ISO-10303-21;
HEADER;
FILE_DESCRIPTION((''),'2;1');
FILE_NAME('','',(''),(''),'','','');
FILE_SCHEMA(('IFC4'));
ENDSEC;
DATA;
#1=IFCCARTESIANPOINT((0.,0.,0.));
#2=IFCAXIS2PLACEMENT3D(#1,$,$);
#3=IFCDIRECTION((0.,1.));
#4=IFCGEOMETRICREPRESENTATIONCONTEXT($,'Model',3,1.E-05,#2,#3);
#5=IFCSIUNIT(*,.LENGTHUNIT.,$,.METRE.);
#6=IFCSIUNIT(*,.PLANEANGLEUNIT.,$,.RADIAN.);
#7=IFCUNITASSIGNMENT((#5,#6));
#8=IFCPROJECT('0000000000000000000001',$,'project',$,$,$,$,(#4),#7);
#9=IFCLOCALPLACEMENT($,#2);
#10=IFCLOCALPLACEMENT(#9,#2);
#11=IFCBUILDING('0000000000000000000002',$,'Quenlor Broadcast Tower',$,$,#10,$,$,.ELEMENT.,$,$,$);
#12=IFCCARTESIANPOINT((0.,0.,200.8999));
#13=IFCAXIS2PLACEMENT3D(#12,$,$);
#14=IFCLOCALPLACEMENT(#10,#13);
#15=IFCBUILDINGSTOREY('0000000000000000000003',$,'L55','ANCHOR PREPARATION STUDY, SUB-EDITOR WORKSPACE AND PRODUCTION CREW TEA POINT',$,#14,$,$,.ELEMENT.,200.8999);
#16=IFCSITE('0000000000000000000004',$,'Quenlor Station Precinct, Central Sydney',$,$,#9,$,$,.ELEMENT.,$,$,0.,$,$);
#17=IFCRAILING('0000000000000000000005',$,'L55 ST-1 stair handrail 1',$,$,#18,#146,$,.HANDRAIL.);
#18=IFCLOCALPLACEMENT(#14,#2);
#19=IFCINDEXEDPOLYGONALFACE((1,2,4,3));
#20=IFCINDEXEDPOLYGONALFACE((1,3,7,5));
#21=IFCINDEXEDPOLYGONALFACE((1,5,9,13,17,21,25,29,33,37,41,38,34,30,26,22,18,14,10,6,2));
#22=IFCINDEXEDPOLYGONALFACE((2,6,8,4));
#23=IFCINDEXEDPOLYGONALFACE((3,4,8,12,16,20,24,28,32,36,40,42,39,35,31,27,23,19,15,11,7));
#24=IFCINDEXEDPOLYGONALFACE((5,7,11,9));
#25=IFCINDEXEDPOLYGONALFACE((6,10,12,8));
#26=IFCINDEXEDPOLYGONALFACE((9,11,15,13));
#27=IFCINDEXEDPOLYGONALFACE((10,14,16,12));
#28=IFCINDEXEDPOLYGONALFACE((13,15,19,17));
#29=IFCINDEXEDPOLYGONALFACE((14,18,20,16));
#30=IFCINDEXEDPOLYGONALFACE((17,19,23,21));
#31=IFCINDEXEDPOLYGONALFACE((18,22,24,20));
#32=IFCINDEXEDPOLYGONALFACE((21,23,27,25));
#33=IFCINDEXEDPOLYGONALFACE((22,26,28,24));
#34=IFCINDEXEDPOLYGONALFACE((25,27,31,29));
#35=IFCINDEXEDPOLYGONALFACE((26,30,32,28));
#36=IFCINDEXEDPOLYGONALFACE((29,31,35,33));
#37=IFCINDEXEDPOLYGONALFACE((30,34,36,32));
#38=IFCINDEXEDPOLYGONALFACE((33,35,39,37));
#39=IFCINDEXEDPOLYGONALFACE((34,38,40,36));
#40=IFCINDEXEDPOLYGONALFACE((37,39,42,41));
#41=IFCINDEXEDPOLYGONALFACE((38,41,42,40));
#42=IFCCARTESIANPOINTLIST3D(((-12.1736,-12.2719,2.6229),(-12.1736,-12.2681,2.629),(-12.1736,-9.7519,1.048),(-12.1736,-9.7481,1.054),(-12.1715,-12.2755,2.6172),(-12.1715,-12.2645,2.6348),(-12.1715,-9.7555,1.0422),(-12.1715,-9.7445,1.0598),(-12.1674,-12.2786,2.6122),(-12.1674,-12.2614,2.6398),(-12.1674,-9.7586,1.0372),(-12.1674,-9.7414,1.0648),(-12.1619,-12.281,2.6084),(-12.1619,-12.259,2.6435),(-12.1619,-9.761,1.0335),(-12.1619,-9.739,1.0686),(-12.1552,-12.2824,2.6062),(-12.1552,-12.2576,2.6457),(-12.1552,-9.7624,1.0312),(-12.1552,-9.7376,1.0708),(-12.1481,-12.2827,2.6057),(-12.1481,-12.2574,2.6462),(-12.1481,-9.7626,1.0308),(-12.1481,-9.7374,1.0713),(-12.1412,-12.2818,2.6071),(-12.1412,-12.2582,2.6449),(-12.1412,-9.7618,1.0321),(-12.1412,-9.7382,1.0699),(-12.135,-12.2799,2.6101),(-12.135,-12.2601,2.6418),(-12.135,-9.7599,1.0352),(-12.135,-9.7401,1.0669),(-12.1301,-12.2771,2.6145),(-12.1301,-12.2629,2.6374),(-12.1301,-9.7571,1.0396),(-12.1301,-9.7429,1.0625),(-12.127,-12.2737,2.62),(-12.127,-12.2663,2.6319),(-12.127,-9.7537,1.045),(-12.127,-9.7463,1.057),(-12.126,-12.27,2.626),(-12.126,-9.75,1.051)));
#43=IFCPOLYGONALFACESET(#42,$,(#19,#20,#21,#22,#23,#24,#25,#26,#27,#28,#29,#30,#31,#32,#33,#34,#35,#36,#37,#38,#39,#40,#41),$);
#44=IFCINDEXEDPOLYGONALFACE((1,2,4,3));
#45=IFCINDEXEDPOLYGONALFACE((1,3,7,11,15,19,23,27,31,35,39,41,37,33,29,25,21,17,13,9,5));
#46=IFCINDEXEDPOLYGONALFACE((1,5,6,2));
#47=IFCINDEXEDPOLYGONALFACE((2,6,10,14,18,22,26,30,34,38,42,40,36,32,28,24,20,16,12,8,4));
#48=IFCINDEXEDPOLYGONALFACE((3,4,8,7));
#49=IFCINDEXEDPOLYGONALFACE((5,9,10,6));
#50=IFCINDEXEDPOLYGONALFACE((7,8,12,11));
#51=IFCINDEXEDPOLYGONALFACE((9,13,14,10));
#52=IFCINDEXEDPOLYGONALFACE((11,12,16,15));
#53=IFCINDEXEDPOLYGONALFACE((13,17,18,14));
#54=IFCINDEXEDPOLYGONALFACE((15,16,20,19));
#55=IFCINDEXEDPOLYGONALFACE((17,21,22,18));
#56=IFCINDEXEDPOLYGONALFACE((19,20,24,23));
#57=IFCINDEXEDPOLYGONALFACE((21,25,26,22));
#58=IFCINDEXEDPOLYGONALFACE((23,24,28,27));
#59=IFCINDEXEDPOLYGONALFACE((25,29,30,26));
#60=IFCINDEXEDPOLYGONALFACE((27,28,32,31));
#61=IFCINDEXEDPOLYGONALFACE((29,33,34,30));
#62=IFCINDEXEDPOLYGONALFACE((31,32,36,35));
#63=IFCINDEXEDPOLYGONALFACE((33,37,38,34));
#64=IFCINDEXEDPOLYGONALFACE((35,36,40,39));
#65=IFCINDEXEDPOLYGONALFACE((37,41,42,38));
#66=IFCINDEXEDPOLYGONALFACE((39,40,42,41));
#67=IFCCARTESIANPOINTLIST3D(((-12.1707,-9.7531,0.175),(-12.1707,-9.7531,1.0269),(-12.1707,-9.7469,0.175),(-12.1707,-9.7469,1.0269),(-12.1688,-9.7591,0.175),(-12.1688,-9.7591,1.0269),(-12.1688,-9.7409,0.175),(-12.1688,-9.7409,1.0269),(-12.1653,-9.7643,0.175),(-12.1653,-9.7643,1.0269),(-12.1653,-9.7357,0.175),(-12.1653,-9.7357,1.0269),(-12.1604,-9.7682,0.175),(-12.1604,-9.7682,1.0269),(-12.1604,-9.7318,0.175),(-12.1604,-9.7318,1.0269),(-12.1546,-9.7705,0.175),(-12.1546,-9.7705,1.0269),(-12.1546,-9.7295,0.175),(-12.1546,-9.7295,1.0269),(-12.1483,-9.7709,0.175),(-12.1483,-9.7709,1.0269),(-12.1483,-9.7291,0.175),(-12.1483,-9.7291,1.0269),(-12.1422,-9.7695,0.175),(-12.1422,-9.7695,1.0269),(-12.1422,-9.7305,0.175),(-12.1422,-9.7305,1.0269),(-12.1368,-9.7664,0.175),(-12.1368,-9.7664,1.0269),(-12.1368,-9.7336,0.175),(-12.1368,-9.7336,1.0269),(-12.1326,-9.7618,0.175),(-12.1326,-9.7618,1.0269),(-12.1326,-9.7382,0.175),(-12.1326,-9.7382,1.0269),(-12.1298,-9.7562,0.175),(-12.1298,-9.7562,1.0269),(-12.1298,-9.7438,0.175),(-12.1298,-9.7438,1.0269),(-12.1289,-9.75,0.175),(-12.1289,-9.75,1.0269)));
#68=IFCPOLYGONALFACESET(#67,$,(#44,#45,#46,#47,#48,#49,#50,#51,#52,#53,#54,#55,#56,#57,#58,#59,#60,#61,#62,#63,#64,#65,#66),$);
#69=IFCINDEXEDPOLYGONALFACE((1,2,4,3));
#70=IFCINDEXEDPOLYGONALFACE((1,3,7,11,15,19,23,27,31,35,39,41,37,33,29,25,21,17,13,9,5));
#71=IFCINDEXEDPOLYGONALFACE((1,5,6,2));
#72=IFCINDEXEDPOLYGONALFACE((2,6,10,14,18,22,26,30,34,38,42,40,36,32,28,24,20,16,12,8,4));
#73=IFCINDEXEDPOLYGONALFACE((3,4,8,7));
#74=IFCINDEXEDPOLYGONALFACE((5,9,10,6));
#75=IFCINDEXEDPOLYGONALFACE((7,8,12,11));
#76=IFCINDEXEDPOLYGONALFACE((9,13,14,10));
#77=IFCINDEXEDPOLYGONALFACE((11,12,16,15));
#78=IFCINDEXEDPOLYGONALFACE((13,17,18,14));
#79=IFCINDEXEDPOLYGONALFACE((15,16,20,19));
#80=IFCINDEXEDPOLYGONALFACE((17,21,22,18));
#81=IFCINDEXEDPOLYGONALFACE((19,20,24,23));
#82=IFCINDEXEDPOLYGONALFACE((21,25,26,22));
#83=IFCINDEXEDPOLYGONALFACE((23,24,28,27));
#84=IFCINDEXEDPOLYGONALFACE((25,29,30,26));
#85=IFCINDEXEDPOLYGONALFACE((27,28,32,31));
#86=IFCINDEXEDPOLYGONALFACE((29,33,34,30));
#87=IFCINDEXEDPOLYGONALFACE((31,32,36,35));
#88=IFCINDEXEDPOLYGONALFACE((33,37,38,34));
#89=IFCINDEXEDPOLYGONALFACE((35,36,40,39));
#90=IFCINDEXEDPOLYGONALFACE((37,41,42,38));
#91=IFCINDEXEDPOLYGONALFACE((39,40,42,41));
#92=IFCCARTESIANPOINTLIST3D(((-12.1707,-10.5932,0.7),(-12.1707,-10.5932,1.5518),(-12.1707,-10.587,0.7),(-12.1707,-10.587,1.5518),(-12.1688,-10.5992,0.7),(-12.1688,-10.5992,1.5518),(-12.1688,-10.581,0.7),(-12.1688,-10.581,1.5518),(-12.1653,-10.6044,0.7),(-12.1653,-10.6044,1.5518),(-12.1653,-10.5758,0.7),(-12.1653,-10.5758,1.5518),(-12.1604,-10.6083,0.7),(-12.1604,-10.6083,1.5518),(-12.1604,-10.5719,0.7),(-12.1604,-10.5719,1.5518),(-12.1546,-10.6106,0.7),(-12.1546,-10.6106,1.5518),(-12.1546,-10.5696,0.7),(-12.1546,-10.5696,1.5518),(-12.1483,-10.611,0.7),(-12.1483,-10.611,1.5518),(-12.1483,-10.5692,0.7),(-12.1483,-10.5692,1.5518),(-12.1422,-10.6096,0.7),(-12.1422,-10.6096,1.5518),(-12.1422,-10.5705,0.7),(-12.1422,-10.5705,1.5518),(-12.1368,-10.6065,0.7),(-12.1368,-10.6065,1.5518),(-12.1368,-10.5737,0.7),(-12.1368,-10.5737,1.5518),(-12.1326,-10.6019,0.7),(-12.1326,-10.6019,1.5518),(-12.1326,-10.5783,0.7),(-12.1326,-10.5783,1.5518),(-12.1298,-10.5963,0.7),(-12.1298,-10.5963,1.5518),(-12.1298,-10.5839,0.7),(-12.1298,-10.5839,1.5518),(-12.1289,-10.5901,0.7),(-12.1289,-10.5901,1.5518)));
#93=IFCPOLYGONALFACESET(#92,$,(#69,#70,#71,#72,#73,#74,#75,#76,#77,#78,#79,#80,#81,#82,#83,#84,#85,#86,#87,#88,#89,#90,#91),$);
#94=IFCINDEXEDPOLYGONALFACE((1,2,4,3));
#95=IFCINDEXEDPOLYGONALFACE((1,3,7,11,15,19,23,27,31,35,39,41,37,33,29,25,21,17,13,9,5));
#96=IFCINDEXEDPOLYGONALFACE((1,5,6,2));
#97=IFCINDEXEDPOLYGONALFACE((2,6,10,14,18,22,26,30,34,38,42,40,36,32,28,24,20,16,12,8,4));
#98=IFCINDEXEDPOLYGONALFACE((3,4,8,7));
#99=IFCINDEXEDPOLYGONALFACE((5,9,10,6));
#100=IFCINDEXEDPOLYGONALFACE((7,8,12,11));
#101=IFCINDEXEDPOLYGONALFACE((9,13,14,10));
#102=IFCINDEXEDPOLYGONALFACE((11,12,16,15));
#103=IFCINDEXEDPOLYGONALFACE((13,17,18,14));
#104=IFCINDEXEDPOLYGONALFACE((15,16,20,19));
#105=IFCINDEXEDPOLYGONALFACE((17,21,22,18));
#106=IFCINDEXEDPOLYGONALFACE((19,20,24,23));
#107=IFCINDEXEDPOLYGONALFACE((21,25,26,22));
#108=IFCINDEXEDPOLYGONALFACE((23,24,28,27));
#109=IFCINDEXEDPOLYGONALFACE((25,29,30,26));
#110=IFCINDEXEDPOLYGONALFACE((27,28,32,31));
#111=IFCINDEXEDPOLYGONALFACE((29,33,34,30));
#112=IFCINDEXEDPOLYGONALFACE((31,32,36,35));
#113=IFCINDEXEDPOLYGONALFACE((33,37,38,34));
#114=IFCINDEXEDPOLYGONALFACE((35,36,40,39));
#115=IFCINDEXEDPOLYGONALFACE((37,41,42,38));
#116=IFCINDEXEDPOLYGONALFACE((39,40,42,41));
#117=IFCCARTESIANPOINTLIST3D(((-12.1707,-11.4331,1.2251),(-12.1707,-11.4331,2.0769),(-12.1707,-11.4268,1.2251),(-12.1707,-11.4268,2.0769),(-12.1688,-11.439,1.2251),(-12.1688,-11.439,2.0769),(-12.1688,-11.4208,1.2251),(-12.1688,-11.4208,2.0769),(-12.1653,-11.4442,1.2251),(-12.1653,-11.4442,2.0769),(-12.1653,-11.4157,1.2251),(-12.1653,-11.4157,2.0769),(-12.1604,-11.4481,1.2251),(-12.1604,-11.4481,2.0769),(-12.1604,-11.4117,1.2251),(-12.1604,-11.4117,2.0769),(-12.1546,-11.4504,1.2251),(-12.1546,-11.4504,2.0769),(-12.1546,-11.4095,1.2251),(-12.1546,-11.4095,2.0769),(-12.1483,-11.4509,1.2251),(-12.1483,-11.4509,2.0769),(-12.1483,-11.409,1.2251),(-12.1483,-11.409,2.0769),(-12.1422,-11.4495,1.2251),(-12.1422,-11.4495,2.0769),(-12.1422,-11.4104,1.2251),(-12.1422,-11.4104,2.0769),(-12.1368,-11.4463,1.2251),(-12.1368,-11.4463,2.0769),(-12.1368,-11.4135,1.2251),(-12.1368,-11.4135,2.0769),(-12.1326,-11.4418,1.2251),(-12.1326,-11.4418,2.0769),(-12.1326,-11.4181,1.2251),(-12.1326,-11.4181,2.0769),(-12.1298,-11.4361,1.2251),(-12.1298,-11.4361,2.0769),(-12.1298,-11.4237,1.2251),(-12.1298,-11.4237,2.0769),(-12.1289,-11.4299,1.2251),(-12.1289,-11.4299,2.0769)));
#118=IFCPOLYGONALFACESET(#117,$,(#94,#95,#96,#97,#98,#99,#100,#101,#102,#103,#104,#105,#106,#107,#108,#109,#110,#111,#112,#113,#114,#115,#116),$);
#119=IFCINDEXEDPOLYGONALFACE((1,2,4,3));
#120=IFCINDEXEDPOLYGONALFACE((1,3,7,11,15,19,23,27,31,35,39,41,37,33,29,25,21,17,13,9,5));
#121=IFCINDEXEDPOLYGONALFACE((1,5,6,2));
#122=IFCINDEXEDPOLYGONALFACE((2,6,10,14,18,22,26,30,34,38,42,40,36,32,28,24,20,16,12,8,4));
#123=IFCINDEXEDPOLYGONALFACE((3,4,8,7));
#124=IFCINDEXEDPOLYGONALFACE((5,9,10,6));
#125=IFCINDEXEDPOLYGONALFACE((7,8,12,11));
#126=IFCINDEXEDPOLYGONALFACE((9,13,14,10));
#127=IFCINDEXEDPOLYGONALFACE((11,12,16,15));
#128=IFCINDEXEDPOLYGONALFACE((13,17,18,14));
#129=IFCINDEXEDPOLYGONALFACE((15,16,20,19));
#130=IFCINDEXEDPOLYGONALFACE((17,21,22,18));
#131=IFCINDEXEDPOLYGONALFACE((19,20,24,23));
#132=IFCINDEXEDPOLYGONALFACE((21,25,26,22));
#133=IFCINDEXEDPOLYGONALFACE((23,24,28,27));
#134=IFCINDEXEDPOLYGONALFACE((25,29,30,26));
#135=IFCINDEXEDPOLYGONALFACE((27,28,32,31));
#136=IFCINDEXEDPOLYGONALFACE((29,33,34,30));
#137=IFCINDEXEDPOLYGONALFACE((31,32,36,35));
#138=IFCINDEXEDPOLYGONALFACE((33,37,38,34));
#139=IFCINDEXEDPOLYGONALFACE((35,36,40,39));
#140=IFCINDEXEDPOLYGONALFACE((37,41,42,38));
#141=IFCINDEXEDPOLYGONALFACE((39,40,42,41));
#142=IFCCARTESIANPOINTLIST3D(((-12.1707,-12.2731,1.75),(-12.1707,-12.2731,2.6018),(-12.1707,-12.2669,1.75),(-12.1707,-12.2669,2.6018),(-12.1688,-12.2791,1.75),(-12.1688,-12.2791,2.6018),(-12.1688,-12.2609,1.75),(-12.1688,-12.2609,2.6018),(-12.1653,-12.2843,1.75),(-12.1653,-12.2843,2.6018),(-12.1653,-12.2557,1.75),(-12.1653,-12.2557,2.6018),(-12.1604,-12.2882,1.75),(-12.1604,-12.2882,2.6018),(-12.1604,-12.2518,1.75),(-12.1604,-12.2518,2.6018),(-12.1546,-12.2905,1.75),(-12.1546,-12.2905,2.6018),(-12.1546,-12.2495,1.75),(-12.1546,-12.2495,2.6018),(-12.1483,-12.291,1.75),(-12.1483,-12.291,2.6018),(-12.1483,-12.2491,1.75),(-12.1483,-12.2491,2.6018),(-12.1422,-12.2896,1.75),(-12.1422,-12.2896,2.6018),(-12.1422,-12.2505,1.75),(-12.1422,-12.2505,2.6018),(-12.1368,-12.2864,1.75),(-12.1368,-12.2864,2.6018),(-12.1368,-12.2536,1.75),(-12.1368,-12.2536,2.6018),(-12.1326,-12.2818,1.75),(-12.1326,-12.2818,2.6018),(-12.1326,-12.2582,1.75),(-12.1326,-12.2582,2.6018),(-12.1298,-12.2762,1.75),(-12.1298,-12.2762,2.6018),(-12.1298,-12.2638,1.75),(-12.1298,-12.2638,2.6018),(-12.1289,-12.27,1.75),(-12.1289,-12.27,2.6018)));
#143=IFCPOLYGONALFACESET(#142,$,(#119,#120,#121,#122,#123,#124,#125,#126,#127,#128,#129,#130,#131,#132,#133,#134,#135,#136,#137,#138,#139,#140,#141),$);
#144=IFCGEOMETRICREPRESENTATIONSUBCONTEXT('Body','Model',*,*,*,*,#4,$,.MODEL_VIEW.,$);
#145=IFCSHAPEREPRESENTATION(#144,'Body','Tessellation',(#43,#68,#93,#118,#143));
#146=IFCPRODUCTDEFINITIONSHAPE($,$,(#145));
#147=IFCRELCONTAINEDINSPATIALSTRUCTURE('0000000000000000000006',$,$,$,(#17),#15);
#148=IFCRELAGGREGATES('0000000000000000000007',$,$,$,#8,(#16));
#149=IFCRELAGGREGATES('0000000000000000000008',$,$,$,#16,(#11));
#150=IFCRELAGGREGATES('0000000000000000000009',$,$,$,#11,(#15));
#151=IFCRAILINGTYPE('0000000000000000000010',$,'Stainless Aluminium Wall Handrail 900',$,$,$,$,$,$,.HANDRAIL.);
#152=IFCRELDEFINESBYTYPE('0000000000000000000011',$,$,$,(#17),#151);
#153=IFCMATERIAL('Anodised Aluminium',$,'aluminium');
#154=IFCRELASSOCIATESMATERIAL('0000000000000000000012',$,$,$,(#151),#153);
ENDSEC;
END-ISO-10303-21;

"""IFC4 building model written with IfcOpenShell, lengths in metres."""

from ifc_helpers import new_model, si_unit, direction, frame, origin, origin_2d, place, context, subcontext, project, spatial, circle, extrude, material, type_object, element, save


model = new_model("IFC4")

# Units and contexts
model_context = context("Model", 3, precision=1e-05, world=origin(), true_north=direction((0.0, 1.0)))
body_context = subcontext(model_context, "Body", "Model", "MODEL_VIEW")
ifc_project = project(units=[si_unit("LENGTHUNIT", "METRE"), si_unit("PLANEANGLEUNIT", "RADIAN")], contexts=[model_context])

# Site, building, storey
site_placement = place(None, origin())
site = spatial("IfcSite", under=ifc_project, at=site_placement, Name="Quenlor Station Precinct, Central Sydney", CompositionType="ELEMENT", RefElevation=0.0)
building_placement = place(site_placement, origin())
building = spatial("IfcBuilding", under=site, at=building_placement, Name="Quenlor Broadcast Tower", CompositionType="ELEMENT")
storey_placement = place(building_placement, frame((0.0, 0.0, 200.8999)))
storey = spatial("IfcBuildingStorey", under=building, at=storey_placement, Name="L55", Description="ANCHOR PREPARATION STUDY, SUB-EDITOR WORKSPACE AND PRODUCTION CREW TEA POINT", CompositionType="ELEMENT", Elevation=200.8999)

# Railing
ifc_material_1 = material(Name="Anodised Aluminium", Category="aluminium")
railing_type = type_object("IfcRailingType", Name="Stainless Aluminium Wall Handrail 900", PredefinedType="HANDRAIL", material=ifc_material_1)
railing_placement = place(storey_placement, frame((-12.1499, -9.75, 0.175)))
element("IfcRailing", 1, at=railing_placement, inside=storey, type_object=railing_type, Name="L55 ST-1 stair handrail 1", PredefinedType="HANDRAIL", context=body_context, shape_type="SweptSolid", body=[
    extrude(circle(Radius=0.0239, at=origin_2d()), frame((0.0, 0.0, 0.876), z_axis=(0.0, -0.848008, 0.529984), x_axis=(1.0, 0.0, 0.0)), (0.0, 0.0, 1.0), 2.9717),
    extrude(circle(Radius=0.021, at=origin_2d()), origin(), (0.0, 0.0, 1.0), 0.8518),
    extrude(circle(Radius=0.021, at=origin_2d()), frame((0.0, -0.8401, 0.5249)), (0.0, 0.0, 1.0), 0.8518),
    extrude(circle(Radius=0.021, at=origin_2d()), frame((0.0, -1.6799, 1.05)), (0.0, 0.0, 1.0), 0.8518),
    extrude(circle(Radius=0.021, at=origin_2d()), frame((0.0, -2.52, 1.575)), (0.0, 0.0, 1.0), 0.8518),
])

save(model, "model.ifc")
